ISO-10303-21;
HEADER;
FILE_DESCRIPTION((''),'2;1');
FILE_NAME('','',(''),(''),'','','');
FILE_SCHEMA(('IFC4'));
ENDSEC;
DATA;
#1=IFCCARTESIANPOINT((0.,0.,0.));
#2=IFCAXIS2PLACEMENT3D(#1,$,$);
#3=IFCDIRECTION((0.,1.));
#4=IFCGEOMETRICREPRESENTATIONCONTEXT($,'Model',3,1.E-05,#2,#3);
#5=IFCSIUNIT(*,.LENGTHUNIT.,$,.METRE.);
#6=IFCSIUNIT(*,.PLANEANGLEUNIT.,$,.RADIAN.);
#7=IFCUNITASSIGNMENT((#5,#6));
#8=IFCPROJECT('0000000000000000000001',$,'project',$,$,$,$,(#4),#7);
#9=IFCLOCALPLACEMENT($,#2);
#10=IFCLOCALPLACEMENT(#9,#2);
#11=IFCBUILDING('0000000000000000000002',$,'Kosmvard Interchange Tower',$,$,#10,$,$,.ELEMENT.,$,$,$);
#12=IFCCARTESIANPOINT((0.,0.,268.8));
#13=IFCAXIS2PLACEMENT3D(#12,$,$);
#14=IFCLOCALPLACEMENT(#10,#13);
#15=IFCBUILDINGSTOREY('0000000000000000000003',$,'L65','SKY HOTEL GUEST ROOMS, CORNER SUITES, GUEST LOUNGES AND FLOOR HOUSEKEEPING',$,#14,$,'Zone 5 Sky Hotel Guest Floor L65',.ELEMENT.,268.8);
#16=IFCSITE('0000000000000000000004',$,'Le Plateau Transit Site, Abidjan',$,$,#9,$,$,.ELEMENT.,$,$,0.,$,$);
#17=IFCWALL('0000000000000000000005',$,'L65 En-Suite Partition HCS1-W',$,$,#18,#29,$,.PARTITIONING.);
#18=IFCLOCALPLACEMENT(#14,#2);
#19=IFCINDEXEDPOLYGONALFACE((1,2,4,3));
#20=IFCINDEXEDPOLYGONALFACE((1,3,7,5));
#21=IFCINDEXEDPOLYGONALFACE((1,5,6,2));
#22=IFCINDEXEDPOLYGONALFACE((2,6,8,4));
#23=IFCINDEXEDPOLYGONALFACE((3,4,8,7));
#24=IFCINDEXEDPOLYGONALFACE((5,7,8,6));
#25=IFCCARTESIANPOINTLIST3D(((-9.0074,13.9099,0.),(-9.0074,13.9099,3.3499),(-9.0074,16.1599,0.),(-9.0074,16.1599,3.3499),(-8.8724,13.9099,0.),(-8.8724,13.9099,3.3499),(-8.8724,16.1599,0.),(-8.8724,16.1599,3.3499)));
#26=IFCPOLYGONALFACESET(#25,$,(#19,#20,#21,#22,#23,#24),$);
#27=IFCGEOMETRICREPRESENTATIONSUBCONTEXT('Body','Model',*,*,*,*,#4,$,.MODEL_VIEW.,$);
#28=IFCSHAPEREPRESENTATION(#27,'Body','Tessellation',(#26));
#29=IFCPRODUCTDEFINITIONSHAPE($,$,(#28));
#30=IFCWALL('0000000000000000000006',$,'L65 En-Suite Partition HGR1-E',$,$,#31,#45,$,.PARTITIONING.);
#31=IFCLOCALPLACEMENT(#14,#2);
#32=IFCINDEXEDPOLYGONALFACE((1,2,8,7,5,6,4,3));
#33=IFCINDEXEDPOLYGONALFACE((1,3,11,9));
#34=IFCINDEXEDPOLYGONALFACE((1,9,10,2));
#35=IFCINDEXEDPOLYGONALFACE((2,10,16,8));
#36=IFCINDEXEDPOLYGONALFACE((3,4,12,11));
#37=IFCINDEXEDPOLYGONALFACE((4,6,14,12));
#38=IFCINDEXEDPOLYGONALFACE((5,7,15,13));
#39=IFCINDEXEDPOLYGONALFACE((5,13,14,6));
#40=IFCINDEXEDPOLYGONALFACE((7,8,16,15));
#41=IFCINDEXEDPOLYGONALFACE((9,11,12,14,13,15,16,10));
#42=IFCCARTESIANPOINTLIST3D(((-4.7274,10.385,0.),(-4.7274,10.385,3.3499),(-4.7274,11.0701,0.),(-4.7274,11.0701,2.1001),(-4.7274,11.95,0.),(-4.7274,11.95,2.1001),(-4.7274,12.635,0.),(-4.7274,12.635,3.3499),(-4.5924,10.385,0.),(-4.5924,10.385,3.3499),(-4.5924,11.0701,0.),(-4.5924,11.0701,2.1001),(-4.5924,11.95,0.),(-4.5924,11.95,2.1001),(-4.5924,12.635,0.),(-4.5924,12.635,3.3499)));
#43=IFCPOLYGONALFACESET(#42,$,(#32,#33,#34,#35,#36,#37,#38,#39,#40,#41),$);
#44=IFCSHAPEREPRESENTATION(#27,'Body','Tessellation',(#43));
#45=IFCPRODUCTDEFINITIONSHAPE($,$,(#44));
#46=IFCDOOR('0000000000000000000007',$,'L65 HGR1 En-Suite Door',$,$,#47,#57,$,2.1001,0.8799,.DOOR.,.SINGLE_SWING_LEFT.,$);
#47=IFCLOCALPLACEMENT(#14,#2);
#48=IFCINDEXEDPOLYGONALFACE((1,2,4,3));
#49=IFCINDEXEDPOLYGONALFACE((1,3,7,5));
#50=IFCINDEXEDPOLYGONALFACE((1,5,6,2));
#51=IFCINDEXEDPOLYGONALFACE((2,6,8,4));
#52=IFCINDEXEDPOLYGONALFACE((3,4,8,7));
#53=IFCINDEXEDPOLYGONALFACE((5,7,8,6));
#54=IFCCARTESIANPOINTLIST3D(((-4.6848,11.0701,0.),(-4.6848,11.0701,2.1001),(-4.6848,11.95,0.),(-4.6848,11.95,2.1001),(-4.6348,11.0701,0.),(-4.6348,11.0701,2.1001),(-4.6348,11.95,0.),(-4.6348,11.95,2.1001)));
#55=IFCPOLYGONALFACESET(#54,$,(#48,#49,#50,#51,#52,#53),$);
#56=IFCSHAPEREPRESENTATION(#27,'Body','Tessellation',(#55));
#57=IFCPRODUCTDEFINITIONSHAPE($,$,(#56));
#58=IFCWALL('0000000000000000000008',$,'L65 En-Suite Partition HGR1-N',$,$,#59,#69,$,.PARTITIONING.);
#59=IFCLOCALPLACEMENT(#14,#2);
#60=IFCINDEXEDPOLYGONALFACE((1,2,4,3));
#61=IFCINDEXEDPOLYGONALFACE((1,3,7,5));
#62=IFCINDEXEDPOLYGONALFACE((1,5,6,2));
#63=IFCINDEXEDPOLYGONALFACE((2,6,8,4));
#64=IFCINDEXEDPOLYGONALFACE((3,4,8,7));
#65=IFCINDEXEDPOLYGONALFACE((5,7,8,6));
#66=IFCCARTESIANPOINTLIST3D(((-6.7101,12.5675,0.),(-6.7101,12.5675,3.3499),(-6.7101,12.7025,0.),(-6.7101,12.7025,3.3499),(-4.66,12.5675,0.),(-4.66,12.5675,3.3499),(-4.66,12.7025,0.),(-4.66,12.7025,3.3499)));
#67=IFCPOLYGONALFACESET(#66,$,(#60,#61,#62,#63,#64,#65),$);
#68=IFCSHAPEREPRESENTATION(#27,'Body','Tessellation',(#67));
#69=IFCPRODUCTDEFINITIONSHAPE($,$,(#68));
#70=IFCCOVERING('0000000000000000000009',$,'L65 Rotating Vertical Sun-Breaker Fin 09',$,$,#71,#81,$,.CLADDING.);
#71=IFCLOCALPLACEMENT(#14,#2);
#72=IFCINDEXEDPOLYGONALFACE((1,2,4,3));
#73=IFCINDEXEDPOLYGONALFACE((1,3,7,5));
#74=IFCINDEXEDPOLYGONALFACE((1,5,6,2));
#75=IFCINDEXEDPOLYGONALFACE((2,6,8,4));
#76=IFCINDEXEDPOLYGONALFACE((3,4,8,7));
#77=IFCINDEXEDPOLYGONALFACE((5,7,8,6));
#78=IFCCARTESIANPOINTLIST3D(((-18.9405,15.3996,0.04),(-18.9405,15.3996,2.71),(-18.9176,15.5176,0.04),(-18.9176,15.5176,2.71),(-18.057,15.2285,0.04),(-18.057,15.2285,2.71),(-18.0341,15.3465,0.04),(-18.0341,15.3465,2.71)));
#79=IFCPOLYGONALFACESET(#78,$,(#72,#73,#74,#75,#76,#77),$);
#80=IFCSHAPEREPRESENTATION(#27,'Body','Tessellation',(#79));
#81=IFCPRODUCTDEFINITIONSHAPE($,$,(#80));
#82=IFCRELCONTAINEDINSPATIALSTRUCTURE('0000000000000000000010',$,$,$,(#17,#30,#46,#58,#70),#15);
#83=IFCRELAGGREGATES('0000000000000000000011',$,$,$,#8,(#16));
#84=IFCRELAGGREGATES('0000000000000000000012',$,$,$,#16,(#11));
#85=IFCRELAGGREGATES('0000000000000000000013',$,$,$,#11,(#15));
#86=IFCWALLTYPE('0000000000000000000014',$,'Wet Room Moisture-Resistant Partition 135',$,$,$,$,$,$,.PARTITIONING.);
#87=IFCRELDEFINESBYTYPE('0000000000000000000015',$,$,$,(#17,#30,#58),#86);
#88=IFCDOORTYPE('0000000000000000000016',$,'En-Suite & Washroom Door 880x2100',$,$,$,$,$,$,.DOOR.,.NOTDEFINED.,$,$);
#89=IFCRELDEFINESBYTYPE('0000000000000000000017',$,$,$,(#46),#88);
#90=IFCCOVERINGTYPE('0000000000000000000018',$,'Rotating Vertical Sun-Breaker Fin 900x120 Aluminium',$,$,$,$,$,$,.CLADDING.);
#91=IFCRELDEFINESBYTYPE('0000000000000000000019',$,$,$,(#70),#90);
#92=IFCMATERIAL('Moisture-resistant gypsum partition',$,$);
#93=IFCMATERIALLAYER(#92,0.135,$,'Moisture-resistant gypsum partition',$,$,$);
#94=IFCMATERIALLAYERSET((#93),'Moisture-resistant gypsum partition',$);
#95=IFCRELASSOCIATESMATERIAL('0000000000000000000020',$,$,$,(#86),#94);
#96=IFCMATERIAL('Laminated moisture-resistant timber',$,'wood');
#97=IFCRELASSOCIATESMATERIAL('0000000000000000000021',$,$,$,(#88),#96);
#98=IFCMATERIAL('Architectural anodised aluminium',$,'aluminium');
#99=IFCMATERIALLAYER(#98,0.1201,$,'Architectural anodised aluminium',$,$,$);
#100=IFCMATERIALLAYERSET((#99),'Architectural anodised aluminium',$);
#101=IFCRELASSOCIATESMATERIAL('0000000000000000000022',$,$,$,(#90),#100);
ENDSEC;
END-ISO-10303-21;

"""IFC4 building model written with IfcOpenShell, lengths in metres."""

from ifc_helpers import new_model, si_unit, direction, frame, frame_2d, origin, origin_2d, place, context, subcontext, project, spatial, rectangle, extrude, source, transform, mapped, material, layer, layer_set, type_object, element, fill, save


model = new_model("IFC4")

# Units and contexts
model_context = context("Model", 3, precision=1e-05, world=origin(), true_north=direction((0.0, 1.0)))
body_context = subcontext(model_context, "Body", "Model", "MODEL_VIEW")
ifc_project = project(units=[si_unit("LENGTHUNIT", "METRE"), si_unit("PLANEANGLEUNIT", "RADIAN")], contexts=[model_context])

# Site, building, storey
site_placement = place(None, origin())
site = spatial("IfcSite", under=ifc_project, at=site_placement, Name="Le Plateau Transit Site, Abidjan", CompositionType="ELEMENT", RefElevation=0.0)
building_placement = place(site_placement, origin())
building = spatial("IfcBuilding", under=site, at=building_placement, Name="Kosmvard Interchange Tower", CompositionType="ELEMENT")
storey_placement = place(building_placement, frame((0.0, 0.0, 268.8)))
storey = spatial("IfcBuildingStorey", under=building, at=storey_placement, Name="L65", Description="SKY HOTEL GUEST ROOMS, CORNER SUITES, GUEST LOUNGES AND FLOOR HOUSEKEEPING", LongName="Zone 5 Sky Hotel Guest Floor L65", CompositionType="ELEMENT", Elevation=268.8)

# Shared definitions
ifc_material_1 = material(Name="Moisture-resistant gypsum partition")
ifc_layer_1 = layer(ifc_material_1, 0.135, Name="Moisture-resistant gypsum partition")
ifc_layer_set_1 = layer_set([ifc_layer_1], Name="Moisture-resistant gypsum partition")
wall_type_1 = type_object("IfcWallType", Name="Wet Room Moisture-Resistant Partition 135", PredefinedType="PARTITIONING", material=ifc_layer_set_1)
ifc_material_2 = material(Name="Laminated moisture-resistant timber", Category="wood")
door_type_1 = type_object("IfcDoorType", Name="En-Suite & Washroom Door 880x2100", OperationType="NOTDEFINED", PredefinedType="DOOR", material=ifc_material_2)
shared_shape_1 = source(origin(), body_context, "Body", "SweptSolid", [
    extrude(rectangle(XDim=0.8799, YDim=2.1001, at=frame_2d((0.4399, 1.05))), frame((0.0, 0.0249, 0.0), z_axis=(0.0, -1.0, 0.0), x_axis=(1.0, 0.0, 0.0)), (0.0, 0.0, 1.0), 0.05),
])

# Wall
wall_1_placement = place(storey_placement, frame((-8.9399, 13.9099, 0.0), z_axis=(0.0, 0.0, 1.0), x_axis=(0.0, 1.0, 0.0)))
element("IfcWall", 1, at=wall_1_placement, inside=storey, type_object=wall_type_1, Name="L65 En-Suite Partition HCS1-W", PredefinedType="PARTITIONING", context=body_context, shape_type="SweptSolid", body=[
    extrude(rectangle(XDim=2.25, YDim=0.135, at=frame_2d((1.125, 0.0))), origin(), (0.0, 0.0, 1.0), 3.3499),
])

# Wall, opening, door
wall_2_placement = place(storey_placement, frame((-4.6599, 10.385, 0.0), z_axis=(0.0, 0.0, 1.0), x_axis=(0.0, 1.0, 0.0)))
wall_2 = element("IfcWall", 2, at=wall_2_placement, inside=storey, type_object=wall_type_1, Name="L65 En-Suite Partition HGR1-E", PredefinedType="PARTITIONING", context=body_context, shape_type="SweptSolid", body=[
    extrude(rectangle(XDim=2.25, YDim=0.135, at=frame_2d((1.125, 0.0))), origin(), (0.0, 0.0, 1.0), 3.3499),
])
opening_1_placement = place(wall_2_placement, frame((0.6851, 0.0, 0.0)))
opening_1 = element("IfcOpeningElement", 3, at=opening_1_placement, cuts=wall_2, PredefinedType="OPENING", context=body_context, shape_type="SweptSolid", body=[
    extrude(rectangle(XDim=0.8799, YDim=2.1001, at=frame_2d((0.4399, 1.05))), frame((0.0, 0.0776, 0.0), z_axis=(0.0, -1.0, 0.0), x_axis=(1.0, 0.0, 0.0)), (0.0, 0.0, 1.0), 0.155),
])
door_1_placement = place(opening_1_placement, origin())
door_1 = element("IfcDoor", 4, at=door_1_placement, inside=storey, type_object=door_type_1, Name="L65 HGR1 En-Suite Door", OperationType="SINGLE_SWING_LEFT", OverallHeight=2.1001, OverallWidth=0.8799, PredefinedType="DOOR", context=body_context, shape_type="MappedRepresentation", body=[
    mapped(shared_shape_1, transform((0.0, 0.0, 0.0), scale=1.0)),
])
fill(opening_1, door_1)

# Wall
wall_3_placement = place(storey_placement, frame((-6.71, 12.635, 0.0), z_axis=(0.0, 0.0, 1.0), x_axis=(1.0, 0.0, 0.0)))
element("IfcWall", 5, at=wall_3_placement, inside=storey, type_object=wall_type_1, Name="L65 En-Suite Partition HGR1-N", PredefinedType="PARTITIONING", context=body_context, shape_type="SweptSolid", body=[
    extrude(rectangle(XDim=2.05, YDim=0.135, at=frame_2d((1.0249, 0.0))), origin(), (0.0, 0.0, 1.0), 3.3499),
])

# Covering
ifc_material_3 = material(Name="Architectural anodised aluminium", Category="aluminium")
ifc_layer_2 = layer(ifc_material_3, 0.1201, Name="Architectural anodised aluminium")
ifc_layer_set_2 = layer_set([ifc_layer_2], Name="Architectural anodised aluminium")
covering_type = type_object("IfcCoveringType", Name="Rotating Vertical Sun-Breaker Fin 900x120 Aluminium", PredefinedType="CLADDING", material=ifc_layer_set_2)
shared_shape_2 = source(origin(), body_context, "Body", "SweptSolid", [
    extrude(rectangle(XDim=0.8999, YDim=0.1201, at=origin_2d()), origin(), (0.0, 0.0, 1.0), 2.6699),
])
covering_placement = place(storey_placement, frame((-18.4873, 15.373, 0.04), z_axis=(0.0, 0.0, 1.0), x_axis=(-0.98176, 0.190124, 0.0)))
element("IfcCovering", 6, at=covering_placement, inside=storey, type_object=covering_type, Name="L65 Rotating Vertical Sun-Breaker Fin 09", PredefinedType="CLADDING", context=body_context, shape_type="MappedRepresentation", body=[
    mapped(shared_shape_2, transform((0.0, 0.0, 0.0), scale=1.0)),
])

save(model, "model.ifc")
